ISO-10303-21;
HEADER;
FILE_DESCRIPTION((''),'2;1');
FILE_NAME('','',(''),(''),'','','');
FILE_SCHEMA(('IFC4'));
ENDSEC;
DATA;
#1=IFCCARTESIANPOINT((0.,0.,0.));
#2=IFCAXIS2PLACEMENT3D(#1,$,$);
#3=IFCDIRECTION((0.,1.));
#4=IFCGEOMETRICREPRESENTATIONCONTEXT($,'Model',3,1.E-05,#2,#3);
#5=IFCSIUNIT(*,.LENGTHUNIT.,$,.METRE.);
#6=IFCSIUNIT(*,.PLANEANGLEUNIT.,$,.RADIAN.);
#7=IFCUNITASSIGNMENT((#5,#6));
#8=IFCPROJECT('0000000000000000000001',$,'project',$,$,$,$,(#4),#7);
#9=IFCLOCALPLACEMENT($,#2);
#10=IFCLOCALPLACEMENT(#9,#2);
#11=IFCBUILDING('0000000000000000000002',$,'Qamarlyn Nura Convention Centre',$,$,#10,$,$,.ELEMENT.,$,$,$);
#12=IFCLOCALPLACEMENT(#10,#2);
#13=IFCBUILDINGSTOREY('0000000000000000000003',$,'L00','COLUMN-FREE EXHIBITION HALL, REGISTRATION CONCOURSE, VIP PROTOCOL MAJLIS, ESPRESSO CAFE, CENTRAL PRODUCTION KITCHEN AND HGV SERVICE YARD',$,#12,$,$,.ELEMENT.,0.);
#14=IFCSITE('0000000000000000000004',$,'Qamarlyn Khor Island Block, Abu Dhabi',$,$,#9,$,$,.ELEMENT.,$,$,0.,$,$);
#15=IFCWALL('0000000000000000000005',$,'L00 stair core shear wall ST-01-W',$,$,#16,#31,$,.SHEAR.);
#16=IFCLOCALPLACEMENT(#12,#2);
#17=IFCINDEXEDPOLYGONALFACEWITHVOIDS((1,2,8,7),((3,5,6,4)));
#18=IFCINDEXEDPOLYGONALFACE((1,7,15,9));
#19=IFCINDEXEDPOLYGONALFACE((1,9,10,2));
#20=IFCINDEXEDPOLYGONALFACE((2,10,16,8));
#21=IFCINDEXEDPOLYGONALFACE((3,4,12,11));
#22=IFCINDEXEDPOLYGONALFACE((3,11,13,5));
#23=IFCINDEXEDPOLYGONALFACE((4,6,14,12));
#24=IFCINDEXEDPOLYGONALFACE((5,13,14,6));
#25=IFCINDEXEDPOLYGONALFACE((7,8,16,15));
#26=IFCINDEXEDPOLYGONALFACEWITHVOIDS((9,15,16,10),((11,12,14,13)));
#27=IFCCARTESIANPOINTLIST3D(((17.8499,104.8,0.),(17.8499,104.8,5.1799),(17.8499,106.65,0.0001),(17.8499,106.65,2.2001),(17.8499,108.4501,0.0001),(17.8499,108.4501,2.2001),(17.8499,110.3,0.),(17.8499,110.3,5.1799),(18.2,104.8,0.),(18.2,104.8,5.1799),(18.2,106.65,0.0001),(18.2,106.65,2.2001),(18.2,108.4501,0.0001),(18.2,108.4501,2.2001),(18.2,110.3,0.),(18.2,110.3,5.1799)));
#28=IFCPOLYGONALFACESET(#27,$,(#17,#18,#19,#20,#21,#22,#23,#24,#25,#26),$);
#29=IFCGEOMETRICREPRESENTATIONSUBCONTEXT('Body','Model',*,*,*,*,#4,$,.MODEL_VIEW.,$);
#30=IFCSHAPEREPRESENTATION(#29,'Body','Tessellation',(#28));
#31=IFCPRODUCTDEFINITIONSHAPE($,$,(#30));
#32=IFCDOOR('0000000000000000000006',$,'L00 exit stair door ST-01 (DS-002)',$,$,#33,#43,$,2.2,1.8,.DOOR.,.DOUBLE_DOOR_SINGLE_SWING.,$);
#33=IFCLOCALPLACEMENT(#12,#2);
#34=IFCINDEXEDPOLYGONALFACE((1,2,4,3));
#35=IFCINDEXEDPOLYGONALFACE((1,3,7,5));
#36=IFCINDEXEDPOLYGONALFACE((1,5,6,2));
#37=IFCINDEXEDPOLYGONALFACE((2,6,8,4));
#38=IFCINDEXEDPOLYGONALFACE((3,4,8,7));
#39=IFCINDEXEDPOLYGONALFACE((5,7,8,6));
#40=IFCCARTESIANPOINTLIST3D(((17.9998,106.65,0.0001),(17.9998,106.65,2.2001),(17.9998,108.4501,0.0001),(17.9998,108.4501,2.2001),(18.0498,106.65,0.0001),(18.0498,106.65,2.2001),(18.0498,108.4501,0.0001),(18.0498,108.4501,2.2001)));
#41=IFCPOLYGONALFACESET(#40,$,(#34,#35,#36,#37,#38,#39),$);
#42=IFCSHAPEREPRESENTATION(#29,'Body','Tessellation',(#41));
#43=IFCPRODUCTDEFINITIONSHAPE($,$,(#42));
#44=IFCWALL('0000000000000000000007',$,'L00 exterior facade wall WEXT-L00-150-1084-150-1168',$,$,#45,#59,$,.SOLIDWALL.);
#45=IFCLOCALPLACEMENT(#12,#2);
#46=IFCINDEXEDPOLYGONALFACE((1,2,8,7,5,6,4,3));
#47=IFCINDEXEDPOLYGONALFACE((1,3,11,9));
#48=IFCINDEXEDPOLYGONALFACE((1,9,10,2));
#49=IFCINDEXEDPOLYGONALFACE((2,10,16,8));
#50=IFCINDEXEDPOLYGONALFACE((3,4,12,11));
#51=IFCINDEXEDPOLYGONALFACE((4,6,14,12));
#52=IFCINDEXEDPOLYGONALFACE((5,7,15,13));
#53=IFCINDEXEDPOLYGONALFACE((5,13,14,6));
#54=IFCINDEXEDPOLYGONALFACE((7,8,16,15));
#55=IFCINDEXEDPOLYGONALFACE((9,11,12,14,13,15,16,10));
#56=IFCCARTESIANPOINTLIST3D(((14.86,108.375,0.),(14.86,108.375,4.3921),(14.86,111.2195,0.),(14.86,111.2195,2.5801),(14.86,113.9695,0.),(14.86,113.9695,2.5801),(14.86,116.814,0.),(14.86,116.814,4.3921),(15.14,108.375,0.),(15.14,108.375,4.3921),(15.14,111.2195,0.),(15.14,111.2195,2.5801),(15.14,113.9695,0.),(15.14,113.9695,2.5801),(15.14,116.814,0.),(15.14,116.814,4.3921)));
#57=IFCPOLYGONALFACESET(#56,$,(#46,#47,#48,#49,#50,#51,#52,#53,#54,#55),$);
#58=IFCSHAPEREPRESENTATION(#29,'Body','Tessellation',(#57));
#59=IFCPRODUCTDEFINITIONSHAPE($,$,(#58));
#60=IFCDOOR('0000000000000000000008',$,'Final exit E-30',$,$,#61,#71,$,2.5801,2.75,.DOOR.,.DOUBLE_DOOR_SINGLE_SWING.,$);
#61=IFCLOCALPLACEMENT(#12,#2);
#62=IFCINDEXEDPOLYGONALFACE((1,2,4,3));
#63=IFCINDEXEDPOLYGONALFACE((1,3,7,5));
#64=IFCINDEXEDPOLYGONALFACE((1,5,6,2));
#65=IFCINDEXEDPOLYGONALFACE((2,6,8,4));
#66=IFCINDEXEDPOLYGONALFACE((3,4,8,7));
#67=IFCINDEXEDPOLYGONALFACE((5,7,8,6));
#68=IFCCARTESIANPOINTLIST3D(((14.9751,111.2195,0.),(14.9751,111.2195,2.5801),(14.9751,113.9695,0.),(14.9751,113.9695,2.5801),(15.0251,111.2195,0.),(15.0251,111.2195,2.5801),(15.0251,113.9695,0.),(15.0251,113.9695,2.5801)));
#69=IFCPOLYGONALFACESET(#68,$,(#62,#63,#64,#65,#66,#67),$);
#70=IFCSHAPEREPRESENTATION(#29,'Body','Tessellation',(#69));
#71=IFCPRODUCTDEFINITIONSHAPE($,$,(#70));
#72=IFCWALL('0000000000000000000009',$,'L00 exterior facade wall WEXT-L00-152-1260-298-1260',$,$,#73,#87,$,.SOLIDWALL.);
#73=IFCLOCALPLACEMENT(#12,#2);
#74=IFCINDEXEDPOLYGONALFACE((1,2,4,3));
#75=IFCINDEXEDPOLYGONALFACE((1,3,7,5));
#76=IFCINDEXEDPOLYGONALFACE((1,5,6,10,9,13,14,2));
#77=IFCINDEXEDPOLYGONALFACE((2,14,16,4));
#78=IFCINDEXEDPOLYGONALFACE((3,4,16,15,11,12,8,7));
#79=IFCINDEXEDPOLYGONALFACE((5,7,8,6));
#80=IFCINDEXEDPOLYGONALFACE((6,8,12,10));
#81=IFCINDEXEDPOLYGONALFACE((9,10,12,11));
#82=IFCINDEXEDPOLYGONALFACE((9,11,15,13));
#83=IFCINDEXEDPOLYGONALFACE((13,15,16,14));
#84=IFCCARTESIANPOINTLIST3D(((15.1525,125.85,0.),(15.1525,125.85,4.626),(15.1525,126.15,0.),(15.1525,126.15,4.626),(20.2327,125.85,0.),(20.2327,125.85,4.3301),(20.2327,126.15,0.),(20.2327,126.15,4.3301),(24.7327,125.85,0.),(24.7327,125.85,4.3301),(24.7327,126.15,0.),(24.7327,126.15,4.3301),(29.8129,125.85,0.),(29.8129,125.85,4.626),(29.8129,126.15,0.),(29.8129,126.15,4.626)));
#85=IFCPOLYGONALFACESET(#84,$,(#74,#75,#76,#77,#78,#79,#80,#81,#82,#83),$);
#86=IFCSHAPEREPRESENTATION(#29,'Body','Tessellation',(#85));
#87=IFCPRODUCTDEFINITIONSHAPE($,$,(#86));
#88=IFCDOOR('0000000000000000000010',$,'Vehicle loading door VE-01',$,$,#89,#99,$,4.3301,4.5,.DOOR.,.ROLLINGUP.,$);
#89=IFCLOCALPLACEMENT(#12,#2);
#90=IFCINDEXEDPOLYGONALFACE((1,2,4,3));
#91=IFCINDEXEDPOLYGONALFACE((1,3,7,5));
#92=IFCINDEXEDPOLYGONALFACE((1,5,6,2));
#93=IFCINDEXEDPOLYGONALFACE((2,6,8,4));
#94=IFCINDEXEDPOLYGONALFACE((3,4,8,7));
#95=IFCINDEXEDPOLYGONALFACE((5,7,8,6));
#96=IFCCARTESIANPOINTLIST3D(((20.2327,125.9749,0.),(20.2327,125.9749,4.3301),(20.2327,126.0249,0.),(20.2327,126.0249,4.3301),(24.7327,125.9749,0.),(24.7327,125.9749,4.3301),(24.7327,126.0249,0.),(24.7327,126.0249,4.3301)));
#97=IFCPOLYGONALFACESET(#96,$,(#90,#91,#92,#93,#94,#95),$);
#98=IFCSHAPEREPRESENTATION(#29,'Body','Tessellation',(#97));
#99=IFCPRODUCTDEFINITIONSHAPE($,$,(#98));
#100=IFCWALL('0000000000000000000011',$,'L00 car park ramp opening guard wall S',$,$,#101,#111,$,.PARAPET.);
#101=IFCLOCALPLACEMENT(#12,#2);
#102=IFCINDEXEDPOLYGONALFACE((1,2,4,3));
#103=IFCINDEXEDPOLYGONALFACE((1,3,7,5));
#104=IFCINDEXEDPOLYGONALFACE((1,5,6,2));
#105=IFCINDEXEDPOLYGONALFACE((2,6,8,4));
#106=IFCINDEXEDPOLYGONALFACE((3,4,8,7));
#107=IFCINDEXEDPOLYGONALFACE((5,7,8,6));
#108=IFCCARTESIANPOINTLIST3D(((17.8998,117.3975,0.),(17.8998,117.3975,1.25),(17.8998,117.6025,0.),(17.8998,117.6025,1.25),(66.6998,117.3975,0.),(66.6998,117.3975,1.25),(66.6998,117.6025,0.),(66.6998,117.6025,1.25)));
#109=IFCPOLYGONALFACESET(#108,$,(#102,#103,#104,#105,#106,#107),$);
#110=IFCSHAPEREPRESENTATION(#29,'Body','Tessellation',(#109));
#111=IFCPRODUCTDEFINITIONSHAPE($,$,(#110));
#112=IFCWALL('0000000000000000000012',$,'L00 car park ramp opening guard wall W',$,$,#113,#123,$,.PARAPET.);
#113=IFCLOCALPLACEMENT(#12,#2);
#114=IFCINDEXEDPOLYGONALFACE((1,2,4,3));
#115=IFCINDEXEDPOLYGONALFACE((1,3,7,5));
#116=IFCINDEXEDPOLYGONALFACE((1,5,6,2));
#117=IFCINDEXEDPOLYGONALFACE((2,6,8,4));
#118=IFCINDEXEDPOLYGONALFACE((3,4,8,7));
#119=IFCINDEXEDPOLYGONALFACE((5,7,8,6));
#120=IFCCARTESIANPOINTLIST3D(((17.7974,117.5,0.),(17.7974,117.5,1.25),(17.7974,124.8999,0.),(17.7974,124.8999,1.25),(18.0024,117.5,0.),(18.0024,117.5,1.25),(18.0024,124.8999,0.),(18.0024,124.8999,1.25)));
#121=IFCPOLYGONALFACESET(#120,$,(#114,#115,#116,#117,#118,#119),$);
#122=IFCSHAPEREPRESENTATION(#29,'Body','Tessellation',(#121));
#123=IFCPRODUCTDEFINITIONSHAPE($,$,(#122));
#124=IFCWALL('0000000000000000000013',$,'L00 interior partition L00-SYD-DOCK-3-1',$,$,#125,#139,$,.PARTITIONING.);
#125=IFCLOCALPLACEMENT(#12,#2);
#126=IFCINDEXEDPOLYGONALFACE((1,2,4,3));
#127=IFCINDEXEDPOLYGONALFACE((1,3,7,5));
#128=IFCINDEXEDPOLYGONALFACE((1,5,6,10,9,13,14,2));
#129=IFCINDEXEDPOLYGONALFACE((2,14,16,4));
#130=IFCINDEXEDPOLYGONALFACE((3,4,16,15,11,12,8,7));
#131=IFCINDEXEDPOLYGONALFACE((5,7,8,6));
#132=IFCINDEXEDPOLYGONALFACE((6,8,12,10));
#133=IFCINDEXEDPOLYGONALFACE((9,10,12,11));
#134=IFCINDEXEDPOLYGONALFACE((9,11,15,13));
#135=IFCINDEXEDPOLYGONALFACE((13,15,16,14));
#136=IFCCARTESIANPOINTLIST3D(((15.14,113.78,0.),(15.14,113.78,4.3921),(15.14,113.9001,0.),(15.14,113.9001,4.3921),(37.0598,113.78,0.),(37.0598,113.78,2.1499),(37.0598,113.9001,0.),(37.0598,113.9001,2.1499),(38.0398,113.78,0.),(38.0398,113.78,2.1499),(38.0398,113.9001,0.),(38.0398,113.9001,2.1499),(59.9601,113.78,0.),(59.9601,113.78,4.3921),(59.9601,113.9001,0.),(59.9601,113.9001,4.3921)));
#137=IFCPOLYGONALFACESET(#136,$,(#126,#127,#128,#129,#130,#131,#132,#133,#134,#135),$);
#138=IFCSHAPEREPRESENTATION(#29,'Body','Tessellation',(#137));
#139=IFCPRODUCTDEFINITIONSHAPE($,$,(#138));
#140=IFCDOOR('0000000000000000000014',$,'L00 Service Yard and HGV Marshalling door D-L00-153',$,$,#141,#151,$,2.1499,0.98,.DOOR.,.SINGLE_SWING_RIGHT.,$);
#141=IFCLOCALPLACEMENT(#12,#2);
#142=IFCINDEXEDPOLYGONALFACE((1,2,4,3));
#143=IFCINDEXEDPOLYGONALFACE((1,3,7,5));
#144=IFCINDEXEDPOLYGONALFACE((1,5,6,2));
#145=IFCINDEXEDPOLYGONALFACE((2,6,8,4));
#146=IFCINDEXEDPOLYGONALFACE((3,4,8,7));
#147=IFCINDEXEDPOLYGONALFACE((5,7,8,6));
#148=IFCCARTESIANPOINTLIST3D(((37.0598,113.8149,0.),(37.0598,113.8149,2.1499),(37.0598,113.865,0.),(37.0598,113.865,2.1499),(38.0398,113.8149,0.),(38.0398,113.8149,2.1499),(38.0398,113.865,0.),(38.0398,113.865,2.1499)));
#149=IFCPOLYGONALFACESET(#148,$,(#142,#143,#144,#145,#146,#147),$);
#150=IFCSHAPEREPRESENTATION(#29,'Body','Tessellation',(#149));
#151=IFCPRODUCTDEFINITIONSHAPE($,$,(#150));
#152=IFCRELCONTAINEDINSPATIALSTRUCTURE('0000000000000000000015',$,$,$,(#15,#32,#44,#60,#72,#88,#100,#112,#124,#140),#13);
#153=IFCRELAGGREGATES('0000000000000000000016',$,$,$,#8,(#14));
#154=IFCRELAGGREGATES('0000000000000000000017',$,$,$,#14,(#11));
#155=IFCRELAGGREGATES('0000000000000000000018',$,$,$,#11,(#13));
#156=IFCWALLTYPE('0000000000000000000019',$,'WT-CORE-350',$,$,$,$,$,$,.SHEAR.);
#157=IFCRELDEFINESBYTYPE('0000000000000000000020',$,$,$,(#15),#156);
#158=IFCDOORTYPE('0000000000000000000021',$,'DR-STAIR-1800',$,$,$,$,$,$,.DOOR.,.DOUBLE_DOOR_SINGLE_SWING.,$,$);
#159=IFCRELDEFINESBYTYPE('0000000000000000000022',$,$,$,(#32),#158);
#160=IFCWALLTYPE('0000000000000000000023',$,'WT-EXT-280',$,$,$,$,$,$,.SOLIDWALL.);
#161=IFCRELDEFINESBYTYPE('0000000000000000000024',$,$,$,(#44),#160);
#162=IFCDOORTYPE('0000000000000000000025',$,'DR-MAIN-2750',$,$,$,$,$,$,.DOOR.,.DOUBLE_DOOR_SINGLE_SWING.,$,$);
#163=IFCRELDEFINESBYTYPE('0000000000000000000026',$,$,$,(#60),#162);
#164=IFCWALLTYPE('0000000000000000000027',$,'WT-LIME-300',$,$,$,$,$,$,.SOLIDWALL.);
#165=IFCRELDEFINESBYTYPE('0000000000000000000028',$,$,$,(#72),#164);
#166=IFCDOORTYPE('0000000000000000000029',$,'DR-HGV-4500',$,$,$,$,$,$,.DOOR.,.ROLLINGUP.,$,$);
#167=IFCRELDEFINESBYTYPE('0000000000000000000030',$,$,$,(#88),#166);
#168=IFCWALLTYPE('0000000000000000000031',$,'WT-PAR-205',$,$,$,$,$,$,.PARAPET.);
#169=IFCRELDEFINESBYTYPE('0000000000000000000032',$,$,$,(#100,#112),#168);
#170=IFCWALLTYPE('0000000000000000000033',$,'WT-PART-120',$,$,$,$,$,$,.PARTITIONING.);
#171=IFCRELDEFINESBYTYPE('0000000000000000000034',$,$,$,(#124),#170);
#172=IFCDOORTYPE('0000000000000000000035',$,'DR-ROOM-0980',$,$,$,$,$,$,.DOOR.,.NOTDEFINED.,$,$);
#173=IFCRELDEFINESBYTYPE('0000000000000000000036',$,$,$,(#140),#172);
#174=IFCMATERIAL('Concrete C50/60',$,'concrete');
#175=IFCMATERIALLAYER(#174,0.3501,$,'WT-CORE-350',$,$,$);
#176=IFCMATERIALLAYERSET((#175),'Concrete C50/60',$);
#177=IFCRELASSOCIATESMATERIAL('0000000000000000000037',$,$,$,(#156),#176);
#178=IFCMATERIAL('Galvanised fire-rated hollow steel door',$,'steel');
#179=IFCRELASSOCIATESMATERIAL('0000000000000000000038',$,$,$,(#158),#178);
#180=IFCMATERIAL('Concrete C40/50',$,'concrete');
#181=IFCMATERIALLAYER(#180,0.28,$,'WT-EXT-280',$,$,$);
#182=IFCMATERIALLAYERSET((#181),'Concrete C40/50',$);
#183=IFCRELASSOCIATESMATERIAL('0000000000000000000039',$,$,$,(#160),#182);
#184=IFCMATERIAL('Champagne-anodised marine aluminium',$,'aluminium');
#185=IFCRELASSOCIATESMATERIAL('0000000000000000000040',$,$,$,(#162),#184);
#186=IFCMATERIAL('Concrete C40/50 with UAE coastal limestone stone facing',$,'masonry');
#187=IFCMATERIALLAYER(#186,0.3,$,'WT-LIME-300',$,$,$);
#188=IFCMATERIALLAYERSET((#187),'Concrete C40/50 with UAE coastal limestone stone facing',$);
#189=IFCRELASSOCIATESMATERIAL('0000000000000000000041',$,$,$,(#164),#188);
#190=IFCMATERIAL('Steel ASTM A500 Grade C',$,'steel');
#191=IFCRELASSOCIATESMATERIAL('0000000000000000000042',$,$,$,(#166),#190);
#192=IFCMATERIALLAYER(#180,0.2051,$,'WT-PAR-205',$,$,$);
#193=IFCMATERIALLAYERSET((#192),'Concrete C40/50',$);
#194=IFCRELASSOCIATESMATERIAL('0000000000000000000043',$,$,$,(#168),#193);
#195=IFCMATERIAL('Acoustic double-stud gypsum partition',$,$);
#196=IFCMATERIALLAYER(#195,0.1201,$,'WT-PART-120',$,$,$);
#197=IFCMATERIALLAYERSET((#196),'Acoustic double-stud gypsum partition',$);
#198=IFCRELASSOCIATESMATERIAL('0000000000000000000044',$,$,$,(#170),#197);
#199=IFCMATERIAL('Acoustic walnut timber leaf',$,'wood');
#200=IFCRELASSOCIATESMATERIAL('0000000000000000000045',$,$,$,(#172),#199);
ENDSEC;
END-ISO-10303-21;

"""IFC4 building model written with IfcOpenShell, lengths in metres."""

from ifc_helpers import new_model, si_unit, direction, frame, frame_2d, origin, place, context, subcontext, project, spatial, rectangle, extrude, material, layer, layer_set, type_object, element, fill, save


model = new_model("IFC4")

# Units and contexts
model_context = context("Model", 3, precision=1e-05, world=origin(), true_north=direction((0.0, 1.0)))
body_context = subcontext(model_context, "Body", "Model", "MODEL_VIEW")
ifc_project = project(units=[si_unit("LENGTHUNIT", "METRE"), si_unit("PLANEANGLEUNIT", "RADIAN")], contexts=[model_context])

# Site, building, storey
site_placement = place(None, origin())
site = spatial("IfcSite", under=ifc_project, at=site_placement, Name="Qamarlyn Khor Island Block, Abu Dhabi", CompositionType="ELEMENT", RefElevation=0.0)
building_placement = place(site_placement, origin())
building = spatial("IfcBuilding", under=site, at=building_placement, Name="Qamarlyn Nura Convention Centre", CompositionType="ELEMENT")
storey_placement = place(building_placement, origin())
storey = spatial("IfcBuildingStorey", under=building, at=storey_placement, Name="L00", Description="COLUMN-FREE EXHIBITION HALL, REGISTRATION CONCOURSE, VIP PROTOCOL MAJLIS, ESPRESSO CAFE, CENTRAL PRODUCTION KITCHEN AND HGV SERVICE YARD", CompositionType="ELEMENT", Elevation=0.0)

# Shared definitions
ifc_material_1 = material(Name="Concrete C50/60", Category="concrete")

# Shared definitions
ifc_layer_1 = layer(ifc_material_1, 0.3501, Name="WT-CORE-350")
ifc_layer_set_1 = layer_set([ifc_layer_1], Name="Concrete C50/60")
wall_type_1 = type_object("IfcWallType", Name="WT-CORE-350", PredefinedType="SHEAR", material=ifc_layer_set_1)

# Walls, openings, doors
wall_1_placement = place(storey_placement, frame((18.0249, 110.3, 0.0), z_axis=(0.0, 0.0, 1.0), x_axis=(0.0, -1.0, 0.0)))
wall_1 = element("IfcWall", 1, at=wall_1_placement, inside=storey, type_object=wall_type_1, Name="L00 stair core shear wall ST-01-W", PredefinedType="SHEAR", context=body_context, shape_type="SweptSolid", body=[
    extrude(rectangle(XDim=5.5, YDim=0.3501, at=frame_2d((2.75, 0.0))), origin(), (0.0, 0.0, 1.0), 5.1799),
])
opening_1_placement = place(wall_1_placement, frame((1.8501, 0.0, 0.0)))
opening_1 = element("IfcOpeningElement", 2, at=opening_1_placement, cuts=wall_1, PredefinedType="OPENING", context=body_context, shape_type="SweptSolid", body=[
    extrude(rectangle(XDim=1.8, YDim=2.2, at=frame_2d((0.8999, 1.1001))), frame((0.0, 0.1851, 0.0), z_axis=(0.0, -1.0, 0.0), x_axis=(1.0, 0.0, 0.0)), (0.0, 0.0, 1.0), 0.3701),
])
ifc_material_2 = material(Name="Galvanised fire-rated hollow steel door", Category="steel")
door_type_1 = type_object("IfcDoorType", Name="DR-STAIR-1800", OperationType="DOUBLE_DOOR_SINGLE_SWING", PredefinedType="DOOR", material=ifc_material_2)
door_1_placement = place(opening_1_placement, origin())
door_1 = element("IfcDoor", 3, at=door_1_placement, inside=storey, type_object=door_type_1, Name="L00 exit stair door ST-01 (DS-002)", OperationType="DOUBLE_DOOR_SINGLE_SWING", OverallHeight=2.2, OverallWidth=1.8, PredefinedType="DOOR", context=body_context, shape_type="SweptSolid", body=[
    extrude(rectangle(XDim=1.8, YDim=2.2, at=frame_2d((0.8999, 1.1001))), frame((0.0, 0.0249, 0.0), z_axis=(0.0, -1.0, 0.0), x_axis=(1.0, 0.0, 0.0)), (0.0, 0.0, 1.0), 0.05),
])
fill(opening_1, door_1)
ifc_material_3 = material(Name="Concrete C40/50", Category="concrete")
ifc_layer_2 = layer(ifc_material_3, 0.28, Name="WT-EXT-280")
ifc_layer_set_2 = layer_set([ifc_layer_2], Name="Concrete C40/50")
wall_type_2 = type_object("IfcWallType", Name="WT-EXT-280", PredefinedType="SOLIDWALL", material=ifc_layer_set_2)
wall_2_placement = place(storey_placement, frame((15.0, 108.375, 0.0), z_axis=(0.0, 0.0, 1.0), x_axis=(0.0, 1.0, 0.0)))
wall_2 = element("IfcWall", 4, at=wall_2_placement, inside=storey, type_object=wall_type_2, Name="L00 exterior facade wall WEXT-L00-150-1084-150-1168", PredefinedType="SOLIDWALL", context=body_context, shape_type="SweptSolid", body=[
    extrude(rectangle(XDim=8.439, YDim=0.28, at=frame_2d((4.2195, 0.0))), origin(), (0.0, 0.0, 1.0), 4.3921),
])
opening_2_placement = place(wall_2_placement, frame((2.8445, 0.0, 0.0)))
opening_2 = element("IfcOpeningElement", 5, at=opening_2_placement, cuts=wall_2, PredefinedType="OPENING", context=body_context, shape_type="SweptSolid", body=[
    extrude(rectangle(XDim=2.75, YDim=2.5801, at=frame_2d((1.375, 1.29))), frame((0.0, 0.1499, 0.0), z_axis=(0.0, -1.0, 0.0), x_axis=(1.0, 0.0, 0.0)), (0.0, 0.0, 1.0), 0.3),
])
ifc_material_4 = material(Name="Champagne-anodised marine aluminium", Category="aluminium")
door_type_2 = type_object("IfcDoorType", Name="DR-MAIN-2750", OperationType="DOUBLE_DOOR_SINGLE_SWING", PredefinedType="DOOR", material=ifc_material_4)
door_2_placement = place(opening_2_placement, origin())
door_2 = element("IfcDoor", 6, at=door_2_placement, inside=storey, type_object=door_type_2, Name="Final exit E-30", OperationType="DOUBLE_DOOR_SINGLE_SWING", OverallHeight=2.5801, OverallWidth=2.75, PredefinedType="DOOR", context=body_context, shape_type="SweptSolid", body=[
    extrude(rectangle(XDim=2.75, YDim=2.5801, at=frame_2d((1.375, 1.29))), frame((0.0, 0.0249, 0.0), z_axis=(0.0, -1.0, 0.0), x_axis=(1.0, 0.0, 0.0)), (0.0, 0.0, 1.0), 0.05),
])
fill(opening_2, door_2)
ifc_material_5 = material(Name="Concrete C40/50 with UAE coastal limestone stone facing", Category="masonry")
ifc_layer_3 = layer(ifc_material_5, 0.3, Name="WT-LIME-300")
ifc_layer_set_3 = layer_set([ifc_layer_3], Name="Concrete C40/50 with UAE coastal limestone stone facing")
wall_type_3 = type_object("IfcWallType", Name="WT-LIME-300", PredefinedType="SOLIDWALL", material=ifc_layer_set_3)
wall_3_placement = place(storey_placement, frame((15.1526, 126.0, 0.0), z_axis=(0.0, 0.0, 1.0), x_axis=(1.0, 0.0, 0.0)))
wall_3 = element("IfcWall", 7, at=wall_3_placement, inside=storey, type_object=wall_type_3, Name="L00 exterior facade wall WEXT-L00-152-1260-298-1260", PredefinedType="SOLIDWALL", context=body_context, shape_type="SweptSolid", body=[
    extrude(rectangle(XDim=14.6604, YDim=0.3, at=frame_2d((7.3301, 0.0))), origin(), (0.0, 0.0, 1.0), 4.626),
])
opening_3_placement = place(wall_3_placement, frame((5.0801, 0.0, 0.0)))
opening_3 = element("IfcOpeningElement", 8, at=opening_3_placement, cuts=wall_3, PredefinedType="OPENING", context=body_context, shape_type="SweptSolid", body=[
    extrude(rectangle(XDim=4.5, YDim=4.3301, at=frame_2d((2.25, 2.165))), frame((0.0, 0.1602, 0.0), z_axis=(0.0, -1.0, 0.0), x_axis=(1.0, 0.0, 0.0)), (0.0, 0.0, 1.0), 0.3201),
])
ifc_material_6 = material(Name="Steel ASTM A500 Grade C", Category="steel")
door_type_3 = type_object("IfcDoorType", Name="DR-HGV-4500", OperationType="ROLLINGUP", PredefinedType="DOOR", material=ifc_material_6)
door_3_placement = place(opening_3_placement, origin())
door_3 = element("IfcDoor", 9, at=door_3_placement, inside=storey, type_object=door_type_3, Name="Vehicle loading door VE-01", OperationType="ROLLINGUP", OverallHeight=4.3301, OverallWidth=4.5, PredefinedType="DOOR", context=body_context, shape_type="SweptSolid", body=[
    extrude(rectangle(XDim=4.5, YDim=4.3301, at=frame_2d((2.25, 2.165))), frame((0.0, 0.0249, 0.0), z_axis=(0.0, -1.0, 0.0), x_axis=(1.0, 0.0, 0.0)), (0.0, 0.0, 1.0), 0.05),
])
fill(opening_3, door_3)

# Walls
ifc_layer_4 = layer(ifc_material_3, 0.2051, Name="WT-PAR-205")
ifc_layer_set_4 = layer_set([ifc_layer_4], Name="Concrete C40/50")
wall_type_4 = type_object("IfcWallType", Name="WT-PAR-205", PredefinedType="PARAPET", material=ifc_layer_set_4)
wall_4_placement = place(storey_placement, frame((17.8999, 117.5, 0.0), z_axis=(0.0, 0.0, 1.0), x_axis=(1.0, 0.0, 0.0)))
element("IfcWall", 10, at=wall_4_placement, inside=storey, type_object=wall_type_4, Name="L00 car park ramp opening guard wall S", PredefinedType="PARAPET", context=body_context, shape_type="SweptSolid", body=[
    extrude(rectangle(XDim=48.8, YDim=0.2051, at=frame_2d((24.3999, 0.0))), origin(), (0.0, 0.0, 1.0), 1.25),
])
wall_5_placement = place(storey_placement, frame((17.8999, 124.8999, 0.0), z_axis=(0.0, 0.0, 1.0), x_axis=(0.0, -1.0, 0.0)))
element("IfcWall", 11, at=wall_5_placement, inside=storey, type_object=wall_type_4, Name="L00 car park ramp opening guard wall W", PredefinedType="PARAPET", context=body_context, shape_type="SweptSolid", body=[
    extrude(rectangle(XDim=7.3999, YDim=0.2051, at=frame_2d((3.7, 0.0))), origin(), (0.0, 0.0, 1.0), 1.25),
])

# Wall, opening, door
ifc_material_7 = material(Name="Acoustic double-stud gypsum partition")
ifc_layer_5 = layer(ifc_material_7, 0.1201, Name="WT-PART-120")
ifc_layer_set_5 = layer_set([ifc_layer_5], Name="Acoustic double-stud gypsum partition")
wall_type_5 = type_object("IfcWallType", Name="WT-PART-120", PredefinedType="PARTITIONING", material=ifc_layer_set_5)
wall_6_placement = place(storey_placement, frame((15.1399, 113.8401, 0.0), z_axis=(0.0, 0.0, 1.0), x_axis=(1.0, 0.0, 0.0)))
wall_6 = element("IfcWall", 12, at=wall_6_placement, inside=storey, type_object=wall_type_5, Name="L00 interior partition L00-SYD-DOCK-3-1", PredefinedType="PARTITIONING", context=body_context, shape_type="SweptSolid", body=[
    extrude(rectangle(XDim=44.8201, YDim=0.1201, at=frame_2d((22.4102, 0.0))), origin(), (0.0, 0.0, 1.0), 4.3921),
])
opening_4_placement = place(wall_6_placement, frame((21.9199, 0.0, 0.0)))
opening_4 = element("IfcOpeningElement", 13, at=opening_4_placement, cuts=wall_6, PredefinedType="OPENING", context=body_context, shape_type="SweptSolid", body=[
    extrude(rectangle(XDim=0.98, YDim=2.1499, at=frame_2d((0.49, 1.075))), frame((0.0, 0.0701, 0.0), z_axis=(0.0, -1.0, 0.0), x_axis=(1.0, 0.0, 0.0)), (0.0, 0.0, 1.0), 0.1401),
])
ifc_material_8 = material(Name="Acoustic walnut timber leaf", Category="wood")
door_type_4 = type_object("IfcDoorType", Name="DR-ROOM-0980", OperationType="NOTDEFINED", PredefinedType="DOOR", material=ifc_material_8)
door_4_placement = place(opening_4_placement, origin())
door_4 = element("IfcDoor", 14, at=door_4_placement, inside=storey, type_object=door_type_4, Name="L00 Service Yard and HGV Marshalling door D-L00-153", OperationType="SINGLE_SWING_RIGHT", OverallHeight=2.1499, OverallWidth=0.98, PredefinedType="DOOR", context=body_context, shape_type="SweptSolid", body=[
    extrude(rectangle(XDim=0.98, YDim=2.1499, at=frame_2d((0.49, 1.075))), frame((0.0, 0.0249, 0.0), z_axis=(0.0, -1.0, 0.0), x_axis=(1.0, 0.0, 0.0)), (0.0, 0.0, 1.0), 0.05),
])
fill(opening_4, door_4)

save(model, "model.ifc")
